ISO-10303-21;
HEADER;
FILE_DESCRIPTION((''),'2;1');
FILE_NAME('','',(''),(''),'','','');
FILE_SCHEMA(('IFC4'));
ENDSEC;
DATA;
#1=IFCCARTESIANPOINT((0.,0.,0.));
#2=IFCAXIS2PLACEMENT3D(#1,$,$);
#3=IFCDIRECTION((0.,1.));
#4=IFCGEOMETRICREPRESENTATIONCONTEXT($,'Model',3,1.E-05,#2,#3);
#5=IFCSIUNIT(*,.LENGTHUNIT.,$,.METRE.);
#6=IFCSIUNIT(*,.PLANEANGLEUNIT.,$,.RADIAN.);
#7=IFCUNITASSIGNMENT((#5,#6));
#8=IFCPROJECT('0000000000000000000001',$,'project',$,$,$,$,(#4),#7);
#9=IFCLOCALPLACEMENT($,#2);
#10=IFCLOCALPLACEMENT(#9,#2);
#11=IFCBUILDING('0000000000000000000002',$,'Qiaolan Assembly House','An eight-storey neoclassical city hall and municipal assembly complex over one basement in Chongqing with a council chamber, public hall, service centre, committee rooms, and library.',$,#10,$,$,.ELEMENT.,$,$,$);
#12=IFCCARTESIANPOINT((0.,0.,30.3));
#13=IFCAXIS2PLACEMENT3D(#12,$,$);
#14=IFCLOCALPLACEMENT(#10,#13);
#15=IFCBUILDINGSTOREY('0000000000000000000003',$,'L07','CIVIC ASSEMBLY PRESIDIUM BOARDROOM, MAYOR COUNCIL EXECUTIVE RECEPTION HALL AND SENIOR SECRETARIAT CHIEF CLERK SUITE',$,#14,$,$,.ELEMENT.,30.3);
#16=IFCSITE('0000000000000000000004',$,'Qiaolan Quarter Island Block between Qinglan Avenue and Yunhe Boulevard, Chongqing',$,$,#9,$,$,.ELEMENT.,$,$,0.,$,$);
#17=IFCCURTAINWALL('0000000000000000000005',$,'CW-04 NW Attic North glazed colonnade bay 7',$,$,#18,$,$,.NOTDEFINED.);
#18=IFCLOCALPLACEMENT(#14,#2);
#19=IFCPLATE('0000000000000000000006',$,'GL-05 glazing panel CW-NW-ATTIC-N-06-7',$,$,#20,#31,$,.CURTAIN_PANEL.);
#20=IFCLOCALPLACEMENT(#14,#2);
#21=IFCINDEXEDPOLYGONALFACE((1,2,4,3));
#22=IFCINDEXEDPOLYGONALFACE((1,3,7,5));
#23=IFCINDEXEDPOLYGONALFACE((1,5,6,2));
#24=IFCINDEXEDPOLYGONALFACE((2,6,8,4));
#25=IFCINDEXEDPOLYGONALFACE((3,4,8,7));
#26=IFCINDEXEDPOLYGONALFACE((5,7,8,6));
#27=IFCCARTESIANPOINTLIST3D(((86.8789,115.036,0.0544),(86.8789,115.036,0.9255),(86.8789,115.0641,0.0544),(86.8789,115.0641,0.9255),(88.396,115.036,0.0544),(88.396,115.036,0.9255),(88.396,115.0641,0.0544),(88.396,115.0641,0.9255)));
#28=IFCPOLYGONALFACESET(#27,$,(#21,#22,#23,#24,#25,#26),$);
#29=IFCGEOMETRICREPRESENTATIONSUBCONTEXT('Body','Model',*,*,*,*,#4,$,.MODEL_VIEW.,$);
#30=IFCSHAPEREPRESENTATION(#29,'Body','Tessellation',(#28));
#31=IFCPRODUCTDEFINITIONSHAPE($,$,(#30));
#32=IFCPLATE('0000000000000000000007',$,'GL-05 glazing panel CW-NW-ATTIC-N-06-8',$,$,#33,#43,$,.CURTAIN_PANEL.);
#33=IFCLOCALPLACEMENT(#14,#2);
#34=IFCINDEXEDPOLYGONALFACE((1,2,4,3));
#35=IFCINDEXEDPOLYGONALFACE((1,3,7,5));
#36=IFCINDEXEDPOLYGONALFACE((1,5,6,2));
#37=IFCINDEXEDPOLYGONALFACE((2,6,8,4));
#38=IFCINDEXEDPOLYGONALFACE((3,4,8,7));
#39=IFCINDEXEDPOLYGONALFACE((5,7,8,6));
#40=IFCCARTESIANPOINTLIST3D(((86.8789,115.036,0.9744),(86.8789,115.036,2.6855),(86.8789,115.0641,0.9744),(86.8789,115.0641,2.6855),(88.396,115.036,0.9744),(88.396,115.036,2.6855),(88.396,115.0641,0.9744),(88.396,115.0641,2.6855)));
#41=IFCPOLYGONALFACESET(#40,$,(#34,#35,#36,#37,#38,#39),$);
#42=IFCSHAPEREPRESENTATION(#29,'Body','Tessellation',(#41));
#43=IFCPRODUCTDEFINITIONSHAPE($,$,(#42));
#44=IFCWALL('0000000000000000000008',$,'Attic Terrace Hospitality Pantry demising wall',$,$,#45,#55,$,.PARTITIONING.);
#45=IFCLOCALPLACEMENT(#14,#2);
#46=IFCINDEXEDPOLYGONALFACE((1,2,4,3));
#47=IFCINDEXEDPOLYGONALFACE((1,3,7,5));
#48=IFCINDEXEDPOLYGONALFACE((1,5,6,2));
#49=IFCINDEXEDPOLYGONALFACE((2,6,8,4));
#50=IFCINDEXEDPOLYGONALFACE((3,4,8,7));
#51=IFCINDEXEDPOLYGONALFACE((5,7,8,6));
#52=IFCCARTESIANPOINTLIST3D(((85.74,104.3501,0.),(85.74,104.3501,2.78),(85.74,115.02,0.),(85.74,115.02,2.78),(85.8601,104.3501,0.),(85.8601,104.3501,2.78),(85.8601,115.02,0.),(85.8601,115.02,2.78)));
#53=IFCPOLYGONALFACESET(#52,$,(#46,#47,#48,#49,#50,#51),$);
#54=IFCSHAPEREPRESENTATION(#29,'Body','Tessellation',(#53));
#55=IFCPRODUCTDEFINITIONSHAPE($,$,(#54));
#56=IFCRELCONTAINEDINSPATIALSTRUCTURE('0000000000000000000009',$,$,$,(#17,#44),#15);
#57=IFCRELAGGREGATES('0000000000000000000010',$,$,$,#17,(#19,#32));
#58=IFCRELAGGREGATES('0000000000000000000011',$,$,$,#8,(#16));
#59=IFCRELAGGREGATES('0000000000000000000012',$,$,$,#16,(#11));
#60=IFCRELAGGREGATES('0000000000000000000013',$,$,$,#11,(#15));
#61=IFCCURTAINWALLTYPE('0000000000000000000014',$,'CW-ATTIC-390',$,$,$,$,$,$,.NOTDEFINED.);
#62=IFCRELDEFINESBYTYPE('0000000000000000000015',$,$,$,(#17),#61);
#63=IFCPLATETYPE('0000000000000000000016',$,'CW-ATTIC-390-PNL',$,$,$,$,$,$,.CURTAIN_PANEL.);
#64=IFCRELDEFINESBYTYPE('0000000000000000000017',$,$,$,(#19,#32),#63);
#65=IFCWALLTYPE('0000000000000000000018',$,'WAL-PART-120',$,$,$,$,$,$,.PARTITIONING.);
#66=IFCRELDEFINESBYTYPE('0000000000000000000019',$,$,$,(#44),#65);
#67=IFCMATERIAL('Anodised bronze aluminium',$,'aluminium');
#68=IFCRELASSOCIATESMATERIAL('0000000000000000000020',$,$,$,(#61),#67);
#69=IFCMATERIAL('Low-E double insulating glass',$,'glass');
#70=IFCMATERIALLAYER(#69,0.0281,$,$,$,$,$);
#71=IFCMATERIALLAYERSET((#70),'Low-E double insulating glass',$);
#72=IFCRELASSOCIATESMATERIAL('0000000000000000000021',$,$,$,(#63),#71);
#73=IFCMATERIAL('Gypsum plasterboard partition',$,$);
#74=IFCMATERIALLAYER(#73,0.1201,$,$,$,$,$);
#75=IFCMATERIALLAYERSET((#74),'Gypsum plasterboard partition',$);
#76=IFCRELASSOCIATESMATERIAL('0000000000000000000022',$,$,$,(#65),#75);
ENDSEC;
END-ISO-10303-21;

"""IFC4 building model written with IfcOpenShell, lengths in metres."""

from ifc_helpers import new_model, si_unit, direction, frame, frame_2d, origin, place, context, subcontext, project, spatial, rectangle, extrude, material, layer, layer_set, type_object, element, aggregate, save


model = new_model("IFC4")

# Units and contexts
model_context = context("Model", 3, precision=1e-05, world=origin(), true_north=direction((0.0, 1.0)))
body_context = subcontext(model_context, "Body", "Model", "MODEL_VIEW")
ifc_project = project(units=[si_unit("LENGTHUNIT", "METRE"), si_unit("PLANEANGLEUNIT", "RADIAN")], contexts=[model_context])

# Site, building, storey
site_placement = place(None, origin())
site = spatial("IfcSite", under=ifc_project, at=site_placement, Name="Qiaolan Quarter Island Block between Qinglan Avenue and Yunhe Boulevard, Chongqing", CompositionType="ELEMENT", RefElevation=0.0)
building_placement = place(site_placement, origin())
building = spatial("IfcBuilding", under=site, at=building_placement, Name="Qiaolan Assembly House", Description="An eight-storey neoclassical city hall and municipal assembly complex over one basement in Chongqing with a council chamber, public hall, service centre, committee rooms, and library.", CompositionType="ELEMENT")
storey_placement = place(building_placement, frame((0.0, 0.0, 30.3)))
storey = spatial("IfcBuildingStorey", under=building, at=storey_placement, Name="L07", Description="CIVIC ASSEMBLY PRESIDIUM BOARDROOM, MAYOR COUNCIL EXECUTIVE RECEPTION HALL AND SENIOR SECRETARIAT CHIEF CLERK SUITE", CompositionType="ELEMENT", Elevation=30.3)

# Curtain wall
ifc_material_1 = material(Name="Anodised bronze aluminium", Category="aluminium")
curtain_wall_type = type_object("IfcCurtainWallType", Name="CW-ATTIC-390", PredefinedType="NOTDEFINED", material=ifc_material_1)
curtain_wall_1_placement = place(storey_placement, origin())
curtain_wall_1 = element("IfcCurtainWall", 1, at=curtain_wall_1_placement, inside=storey, type_object=curtain_wall_type, Name="CW-04 NW Attic North glazed colonnade bay 7", PredefinedType="NOTDEFINED")

# Plates
ifc_material_2 = material(Name="Low-E double insulating glass", Category="glass")
ifc_layer_1 = layer(ifc_material_2, 0.0281)
ifc_layer_set_1 = layer_set([ifc_layer_1], Name="Low-E double insulating glass")
plate_type = type_object("IfcPlateType", Name="CW-ATTIC-390-PNL", PredefinedType="CURTAIN_PANEL", material=ifc_layer_set_1)
plate_1_placement = place(storey_placement, frame((88.396, 115.05, 0.0544), z_axis=(0.0, 0.0, 1.0), x_axis=(-1.0, 0.0, 0.0)))
plate_1 = element("IfcPlate", 2, at=plate_1_placement, type_object=plate_type, Name="GL-05 glazing panel CW-NW-ATTIC-N-06-7", PredefinedType="CURTAIN_PANEL", context=body_context, shape_type="SweptSolid", body=[
    extrude(rectangle(XDim=1.5171, YDim=0.0281, at=frame_2d((0.7585, 0.0))), origin(), (0.0, 0.0, 1.0), 0.8711),
])
plate_2_placement = place(storey_placement, frame((88.396, 115.05, 0.9744), z_axis=(0.0, 0.0, 1.0), x_axis=(-1.0, 0.0, 0.0)))
plate_2 = element("IfcPlate", 3, at=plate_2_placement, type_object=plate_type, Name="GL-05 glazing panel CW-NW-ATTIC-N-06-8", PredefinedType="CURTAIN_PANEL", context=body_context, shape_type="SweptSolid", body=[
    extrude(rectangle(XDim=1.5171, YDim=0.0281, at=frame_2d((0.7585, 0.0))), origin(), (0.0, 0.0, 1.0), 1.7112),
])
aggregate(curtain_wall_1, [plate_1, plate_2])

# Wall
ifc_material_3 = material(Name="Gypsum plasterboard partition")
ifc_layer_2 = layer(ifc_material_3, 0.1201)
ifc_layer_set_2 = layer_set([ifc_layer_2], Name="Gypsum plasterboard partition")
wall_type = type_object("IfcWallType", Name="WAL-PART-120", PredefinedType="PARTITIONING", material=ifc_layer_set_2)
wall_placement = place(storey_placement, frame((85.8, 104.3501, 0.0), z_axis=(0.0, 0.0, 1.0), x_axis=(0.0, 1.0, 0.0)))
element("IfcWall", 4, at=wall_placement, inside=storey, type_object=wall_type, Name="Attic Terrace Hospitality Pantry demising wall", PredefinedType="PARTITIONING", context=body_context, shape_type="SweptSolid", body=[
    extrude(rectangle(XDim=10.6699, YDim=0.1201, at=frame_2d((5.335, 0.0))), origin(), (0.0, 0.0, 1.0), 2.78),
])

save(model, "model.ifc")
